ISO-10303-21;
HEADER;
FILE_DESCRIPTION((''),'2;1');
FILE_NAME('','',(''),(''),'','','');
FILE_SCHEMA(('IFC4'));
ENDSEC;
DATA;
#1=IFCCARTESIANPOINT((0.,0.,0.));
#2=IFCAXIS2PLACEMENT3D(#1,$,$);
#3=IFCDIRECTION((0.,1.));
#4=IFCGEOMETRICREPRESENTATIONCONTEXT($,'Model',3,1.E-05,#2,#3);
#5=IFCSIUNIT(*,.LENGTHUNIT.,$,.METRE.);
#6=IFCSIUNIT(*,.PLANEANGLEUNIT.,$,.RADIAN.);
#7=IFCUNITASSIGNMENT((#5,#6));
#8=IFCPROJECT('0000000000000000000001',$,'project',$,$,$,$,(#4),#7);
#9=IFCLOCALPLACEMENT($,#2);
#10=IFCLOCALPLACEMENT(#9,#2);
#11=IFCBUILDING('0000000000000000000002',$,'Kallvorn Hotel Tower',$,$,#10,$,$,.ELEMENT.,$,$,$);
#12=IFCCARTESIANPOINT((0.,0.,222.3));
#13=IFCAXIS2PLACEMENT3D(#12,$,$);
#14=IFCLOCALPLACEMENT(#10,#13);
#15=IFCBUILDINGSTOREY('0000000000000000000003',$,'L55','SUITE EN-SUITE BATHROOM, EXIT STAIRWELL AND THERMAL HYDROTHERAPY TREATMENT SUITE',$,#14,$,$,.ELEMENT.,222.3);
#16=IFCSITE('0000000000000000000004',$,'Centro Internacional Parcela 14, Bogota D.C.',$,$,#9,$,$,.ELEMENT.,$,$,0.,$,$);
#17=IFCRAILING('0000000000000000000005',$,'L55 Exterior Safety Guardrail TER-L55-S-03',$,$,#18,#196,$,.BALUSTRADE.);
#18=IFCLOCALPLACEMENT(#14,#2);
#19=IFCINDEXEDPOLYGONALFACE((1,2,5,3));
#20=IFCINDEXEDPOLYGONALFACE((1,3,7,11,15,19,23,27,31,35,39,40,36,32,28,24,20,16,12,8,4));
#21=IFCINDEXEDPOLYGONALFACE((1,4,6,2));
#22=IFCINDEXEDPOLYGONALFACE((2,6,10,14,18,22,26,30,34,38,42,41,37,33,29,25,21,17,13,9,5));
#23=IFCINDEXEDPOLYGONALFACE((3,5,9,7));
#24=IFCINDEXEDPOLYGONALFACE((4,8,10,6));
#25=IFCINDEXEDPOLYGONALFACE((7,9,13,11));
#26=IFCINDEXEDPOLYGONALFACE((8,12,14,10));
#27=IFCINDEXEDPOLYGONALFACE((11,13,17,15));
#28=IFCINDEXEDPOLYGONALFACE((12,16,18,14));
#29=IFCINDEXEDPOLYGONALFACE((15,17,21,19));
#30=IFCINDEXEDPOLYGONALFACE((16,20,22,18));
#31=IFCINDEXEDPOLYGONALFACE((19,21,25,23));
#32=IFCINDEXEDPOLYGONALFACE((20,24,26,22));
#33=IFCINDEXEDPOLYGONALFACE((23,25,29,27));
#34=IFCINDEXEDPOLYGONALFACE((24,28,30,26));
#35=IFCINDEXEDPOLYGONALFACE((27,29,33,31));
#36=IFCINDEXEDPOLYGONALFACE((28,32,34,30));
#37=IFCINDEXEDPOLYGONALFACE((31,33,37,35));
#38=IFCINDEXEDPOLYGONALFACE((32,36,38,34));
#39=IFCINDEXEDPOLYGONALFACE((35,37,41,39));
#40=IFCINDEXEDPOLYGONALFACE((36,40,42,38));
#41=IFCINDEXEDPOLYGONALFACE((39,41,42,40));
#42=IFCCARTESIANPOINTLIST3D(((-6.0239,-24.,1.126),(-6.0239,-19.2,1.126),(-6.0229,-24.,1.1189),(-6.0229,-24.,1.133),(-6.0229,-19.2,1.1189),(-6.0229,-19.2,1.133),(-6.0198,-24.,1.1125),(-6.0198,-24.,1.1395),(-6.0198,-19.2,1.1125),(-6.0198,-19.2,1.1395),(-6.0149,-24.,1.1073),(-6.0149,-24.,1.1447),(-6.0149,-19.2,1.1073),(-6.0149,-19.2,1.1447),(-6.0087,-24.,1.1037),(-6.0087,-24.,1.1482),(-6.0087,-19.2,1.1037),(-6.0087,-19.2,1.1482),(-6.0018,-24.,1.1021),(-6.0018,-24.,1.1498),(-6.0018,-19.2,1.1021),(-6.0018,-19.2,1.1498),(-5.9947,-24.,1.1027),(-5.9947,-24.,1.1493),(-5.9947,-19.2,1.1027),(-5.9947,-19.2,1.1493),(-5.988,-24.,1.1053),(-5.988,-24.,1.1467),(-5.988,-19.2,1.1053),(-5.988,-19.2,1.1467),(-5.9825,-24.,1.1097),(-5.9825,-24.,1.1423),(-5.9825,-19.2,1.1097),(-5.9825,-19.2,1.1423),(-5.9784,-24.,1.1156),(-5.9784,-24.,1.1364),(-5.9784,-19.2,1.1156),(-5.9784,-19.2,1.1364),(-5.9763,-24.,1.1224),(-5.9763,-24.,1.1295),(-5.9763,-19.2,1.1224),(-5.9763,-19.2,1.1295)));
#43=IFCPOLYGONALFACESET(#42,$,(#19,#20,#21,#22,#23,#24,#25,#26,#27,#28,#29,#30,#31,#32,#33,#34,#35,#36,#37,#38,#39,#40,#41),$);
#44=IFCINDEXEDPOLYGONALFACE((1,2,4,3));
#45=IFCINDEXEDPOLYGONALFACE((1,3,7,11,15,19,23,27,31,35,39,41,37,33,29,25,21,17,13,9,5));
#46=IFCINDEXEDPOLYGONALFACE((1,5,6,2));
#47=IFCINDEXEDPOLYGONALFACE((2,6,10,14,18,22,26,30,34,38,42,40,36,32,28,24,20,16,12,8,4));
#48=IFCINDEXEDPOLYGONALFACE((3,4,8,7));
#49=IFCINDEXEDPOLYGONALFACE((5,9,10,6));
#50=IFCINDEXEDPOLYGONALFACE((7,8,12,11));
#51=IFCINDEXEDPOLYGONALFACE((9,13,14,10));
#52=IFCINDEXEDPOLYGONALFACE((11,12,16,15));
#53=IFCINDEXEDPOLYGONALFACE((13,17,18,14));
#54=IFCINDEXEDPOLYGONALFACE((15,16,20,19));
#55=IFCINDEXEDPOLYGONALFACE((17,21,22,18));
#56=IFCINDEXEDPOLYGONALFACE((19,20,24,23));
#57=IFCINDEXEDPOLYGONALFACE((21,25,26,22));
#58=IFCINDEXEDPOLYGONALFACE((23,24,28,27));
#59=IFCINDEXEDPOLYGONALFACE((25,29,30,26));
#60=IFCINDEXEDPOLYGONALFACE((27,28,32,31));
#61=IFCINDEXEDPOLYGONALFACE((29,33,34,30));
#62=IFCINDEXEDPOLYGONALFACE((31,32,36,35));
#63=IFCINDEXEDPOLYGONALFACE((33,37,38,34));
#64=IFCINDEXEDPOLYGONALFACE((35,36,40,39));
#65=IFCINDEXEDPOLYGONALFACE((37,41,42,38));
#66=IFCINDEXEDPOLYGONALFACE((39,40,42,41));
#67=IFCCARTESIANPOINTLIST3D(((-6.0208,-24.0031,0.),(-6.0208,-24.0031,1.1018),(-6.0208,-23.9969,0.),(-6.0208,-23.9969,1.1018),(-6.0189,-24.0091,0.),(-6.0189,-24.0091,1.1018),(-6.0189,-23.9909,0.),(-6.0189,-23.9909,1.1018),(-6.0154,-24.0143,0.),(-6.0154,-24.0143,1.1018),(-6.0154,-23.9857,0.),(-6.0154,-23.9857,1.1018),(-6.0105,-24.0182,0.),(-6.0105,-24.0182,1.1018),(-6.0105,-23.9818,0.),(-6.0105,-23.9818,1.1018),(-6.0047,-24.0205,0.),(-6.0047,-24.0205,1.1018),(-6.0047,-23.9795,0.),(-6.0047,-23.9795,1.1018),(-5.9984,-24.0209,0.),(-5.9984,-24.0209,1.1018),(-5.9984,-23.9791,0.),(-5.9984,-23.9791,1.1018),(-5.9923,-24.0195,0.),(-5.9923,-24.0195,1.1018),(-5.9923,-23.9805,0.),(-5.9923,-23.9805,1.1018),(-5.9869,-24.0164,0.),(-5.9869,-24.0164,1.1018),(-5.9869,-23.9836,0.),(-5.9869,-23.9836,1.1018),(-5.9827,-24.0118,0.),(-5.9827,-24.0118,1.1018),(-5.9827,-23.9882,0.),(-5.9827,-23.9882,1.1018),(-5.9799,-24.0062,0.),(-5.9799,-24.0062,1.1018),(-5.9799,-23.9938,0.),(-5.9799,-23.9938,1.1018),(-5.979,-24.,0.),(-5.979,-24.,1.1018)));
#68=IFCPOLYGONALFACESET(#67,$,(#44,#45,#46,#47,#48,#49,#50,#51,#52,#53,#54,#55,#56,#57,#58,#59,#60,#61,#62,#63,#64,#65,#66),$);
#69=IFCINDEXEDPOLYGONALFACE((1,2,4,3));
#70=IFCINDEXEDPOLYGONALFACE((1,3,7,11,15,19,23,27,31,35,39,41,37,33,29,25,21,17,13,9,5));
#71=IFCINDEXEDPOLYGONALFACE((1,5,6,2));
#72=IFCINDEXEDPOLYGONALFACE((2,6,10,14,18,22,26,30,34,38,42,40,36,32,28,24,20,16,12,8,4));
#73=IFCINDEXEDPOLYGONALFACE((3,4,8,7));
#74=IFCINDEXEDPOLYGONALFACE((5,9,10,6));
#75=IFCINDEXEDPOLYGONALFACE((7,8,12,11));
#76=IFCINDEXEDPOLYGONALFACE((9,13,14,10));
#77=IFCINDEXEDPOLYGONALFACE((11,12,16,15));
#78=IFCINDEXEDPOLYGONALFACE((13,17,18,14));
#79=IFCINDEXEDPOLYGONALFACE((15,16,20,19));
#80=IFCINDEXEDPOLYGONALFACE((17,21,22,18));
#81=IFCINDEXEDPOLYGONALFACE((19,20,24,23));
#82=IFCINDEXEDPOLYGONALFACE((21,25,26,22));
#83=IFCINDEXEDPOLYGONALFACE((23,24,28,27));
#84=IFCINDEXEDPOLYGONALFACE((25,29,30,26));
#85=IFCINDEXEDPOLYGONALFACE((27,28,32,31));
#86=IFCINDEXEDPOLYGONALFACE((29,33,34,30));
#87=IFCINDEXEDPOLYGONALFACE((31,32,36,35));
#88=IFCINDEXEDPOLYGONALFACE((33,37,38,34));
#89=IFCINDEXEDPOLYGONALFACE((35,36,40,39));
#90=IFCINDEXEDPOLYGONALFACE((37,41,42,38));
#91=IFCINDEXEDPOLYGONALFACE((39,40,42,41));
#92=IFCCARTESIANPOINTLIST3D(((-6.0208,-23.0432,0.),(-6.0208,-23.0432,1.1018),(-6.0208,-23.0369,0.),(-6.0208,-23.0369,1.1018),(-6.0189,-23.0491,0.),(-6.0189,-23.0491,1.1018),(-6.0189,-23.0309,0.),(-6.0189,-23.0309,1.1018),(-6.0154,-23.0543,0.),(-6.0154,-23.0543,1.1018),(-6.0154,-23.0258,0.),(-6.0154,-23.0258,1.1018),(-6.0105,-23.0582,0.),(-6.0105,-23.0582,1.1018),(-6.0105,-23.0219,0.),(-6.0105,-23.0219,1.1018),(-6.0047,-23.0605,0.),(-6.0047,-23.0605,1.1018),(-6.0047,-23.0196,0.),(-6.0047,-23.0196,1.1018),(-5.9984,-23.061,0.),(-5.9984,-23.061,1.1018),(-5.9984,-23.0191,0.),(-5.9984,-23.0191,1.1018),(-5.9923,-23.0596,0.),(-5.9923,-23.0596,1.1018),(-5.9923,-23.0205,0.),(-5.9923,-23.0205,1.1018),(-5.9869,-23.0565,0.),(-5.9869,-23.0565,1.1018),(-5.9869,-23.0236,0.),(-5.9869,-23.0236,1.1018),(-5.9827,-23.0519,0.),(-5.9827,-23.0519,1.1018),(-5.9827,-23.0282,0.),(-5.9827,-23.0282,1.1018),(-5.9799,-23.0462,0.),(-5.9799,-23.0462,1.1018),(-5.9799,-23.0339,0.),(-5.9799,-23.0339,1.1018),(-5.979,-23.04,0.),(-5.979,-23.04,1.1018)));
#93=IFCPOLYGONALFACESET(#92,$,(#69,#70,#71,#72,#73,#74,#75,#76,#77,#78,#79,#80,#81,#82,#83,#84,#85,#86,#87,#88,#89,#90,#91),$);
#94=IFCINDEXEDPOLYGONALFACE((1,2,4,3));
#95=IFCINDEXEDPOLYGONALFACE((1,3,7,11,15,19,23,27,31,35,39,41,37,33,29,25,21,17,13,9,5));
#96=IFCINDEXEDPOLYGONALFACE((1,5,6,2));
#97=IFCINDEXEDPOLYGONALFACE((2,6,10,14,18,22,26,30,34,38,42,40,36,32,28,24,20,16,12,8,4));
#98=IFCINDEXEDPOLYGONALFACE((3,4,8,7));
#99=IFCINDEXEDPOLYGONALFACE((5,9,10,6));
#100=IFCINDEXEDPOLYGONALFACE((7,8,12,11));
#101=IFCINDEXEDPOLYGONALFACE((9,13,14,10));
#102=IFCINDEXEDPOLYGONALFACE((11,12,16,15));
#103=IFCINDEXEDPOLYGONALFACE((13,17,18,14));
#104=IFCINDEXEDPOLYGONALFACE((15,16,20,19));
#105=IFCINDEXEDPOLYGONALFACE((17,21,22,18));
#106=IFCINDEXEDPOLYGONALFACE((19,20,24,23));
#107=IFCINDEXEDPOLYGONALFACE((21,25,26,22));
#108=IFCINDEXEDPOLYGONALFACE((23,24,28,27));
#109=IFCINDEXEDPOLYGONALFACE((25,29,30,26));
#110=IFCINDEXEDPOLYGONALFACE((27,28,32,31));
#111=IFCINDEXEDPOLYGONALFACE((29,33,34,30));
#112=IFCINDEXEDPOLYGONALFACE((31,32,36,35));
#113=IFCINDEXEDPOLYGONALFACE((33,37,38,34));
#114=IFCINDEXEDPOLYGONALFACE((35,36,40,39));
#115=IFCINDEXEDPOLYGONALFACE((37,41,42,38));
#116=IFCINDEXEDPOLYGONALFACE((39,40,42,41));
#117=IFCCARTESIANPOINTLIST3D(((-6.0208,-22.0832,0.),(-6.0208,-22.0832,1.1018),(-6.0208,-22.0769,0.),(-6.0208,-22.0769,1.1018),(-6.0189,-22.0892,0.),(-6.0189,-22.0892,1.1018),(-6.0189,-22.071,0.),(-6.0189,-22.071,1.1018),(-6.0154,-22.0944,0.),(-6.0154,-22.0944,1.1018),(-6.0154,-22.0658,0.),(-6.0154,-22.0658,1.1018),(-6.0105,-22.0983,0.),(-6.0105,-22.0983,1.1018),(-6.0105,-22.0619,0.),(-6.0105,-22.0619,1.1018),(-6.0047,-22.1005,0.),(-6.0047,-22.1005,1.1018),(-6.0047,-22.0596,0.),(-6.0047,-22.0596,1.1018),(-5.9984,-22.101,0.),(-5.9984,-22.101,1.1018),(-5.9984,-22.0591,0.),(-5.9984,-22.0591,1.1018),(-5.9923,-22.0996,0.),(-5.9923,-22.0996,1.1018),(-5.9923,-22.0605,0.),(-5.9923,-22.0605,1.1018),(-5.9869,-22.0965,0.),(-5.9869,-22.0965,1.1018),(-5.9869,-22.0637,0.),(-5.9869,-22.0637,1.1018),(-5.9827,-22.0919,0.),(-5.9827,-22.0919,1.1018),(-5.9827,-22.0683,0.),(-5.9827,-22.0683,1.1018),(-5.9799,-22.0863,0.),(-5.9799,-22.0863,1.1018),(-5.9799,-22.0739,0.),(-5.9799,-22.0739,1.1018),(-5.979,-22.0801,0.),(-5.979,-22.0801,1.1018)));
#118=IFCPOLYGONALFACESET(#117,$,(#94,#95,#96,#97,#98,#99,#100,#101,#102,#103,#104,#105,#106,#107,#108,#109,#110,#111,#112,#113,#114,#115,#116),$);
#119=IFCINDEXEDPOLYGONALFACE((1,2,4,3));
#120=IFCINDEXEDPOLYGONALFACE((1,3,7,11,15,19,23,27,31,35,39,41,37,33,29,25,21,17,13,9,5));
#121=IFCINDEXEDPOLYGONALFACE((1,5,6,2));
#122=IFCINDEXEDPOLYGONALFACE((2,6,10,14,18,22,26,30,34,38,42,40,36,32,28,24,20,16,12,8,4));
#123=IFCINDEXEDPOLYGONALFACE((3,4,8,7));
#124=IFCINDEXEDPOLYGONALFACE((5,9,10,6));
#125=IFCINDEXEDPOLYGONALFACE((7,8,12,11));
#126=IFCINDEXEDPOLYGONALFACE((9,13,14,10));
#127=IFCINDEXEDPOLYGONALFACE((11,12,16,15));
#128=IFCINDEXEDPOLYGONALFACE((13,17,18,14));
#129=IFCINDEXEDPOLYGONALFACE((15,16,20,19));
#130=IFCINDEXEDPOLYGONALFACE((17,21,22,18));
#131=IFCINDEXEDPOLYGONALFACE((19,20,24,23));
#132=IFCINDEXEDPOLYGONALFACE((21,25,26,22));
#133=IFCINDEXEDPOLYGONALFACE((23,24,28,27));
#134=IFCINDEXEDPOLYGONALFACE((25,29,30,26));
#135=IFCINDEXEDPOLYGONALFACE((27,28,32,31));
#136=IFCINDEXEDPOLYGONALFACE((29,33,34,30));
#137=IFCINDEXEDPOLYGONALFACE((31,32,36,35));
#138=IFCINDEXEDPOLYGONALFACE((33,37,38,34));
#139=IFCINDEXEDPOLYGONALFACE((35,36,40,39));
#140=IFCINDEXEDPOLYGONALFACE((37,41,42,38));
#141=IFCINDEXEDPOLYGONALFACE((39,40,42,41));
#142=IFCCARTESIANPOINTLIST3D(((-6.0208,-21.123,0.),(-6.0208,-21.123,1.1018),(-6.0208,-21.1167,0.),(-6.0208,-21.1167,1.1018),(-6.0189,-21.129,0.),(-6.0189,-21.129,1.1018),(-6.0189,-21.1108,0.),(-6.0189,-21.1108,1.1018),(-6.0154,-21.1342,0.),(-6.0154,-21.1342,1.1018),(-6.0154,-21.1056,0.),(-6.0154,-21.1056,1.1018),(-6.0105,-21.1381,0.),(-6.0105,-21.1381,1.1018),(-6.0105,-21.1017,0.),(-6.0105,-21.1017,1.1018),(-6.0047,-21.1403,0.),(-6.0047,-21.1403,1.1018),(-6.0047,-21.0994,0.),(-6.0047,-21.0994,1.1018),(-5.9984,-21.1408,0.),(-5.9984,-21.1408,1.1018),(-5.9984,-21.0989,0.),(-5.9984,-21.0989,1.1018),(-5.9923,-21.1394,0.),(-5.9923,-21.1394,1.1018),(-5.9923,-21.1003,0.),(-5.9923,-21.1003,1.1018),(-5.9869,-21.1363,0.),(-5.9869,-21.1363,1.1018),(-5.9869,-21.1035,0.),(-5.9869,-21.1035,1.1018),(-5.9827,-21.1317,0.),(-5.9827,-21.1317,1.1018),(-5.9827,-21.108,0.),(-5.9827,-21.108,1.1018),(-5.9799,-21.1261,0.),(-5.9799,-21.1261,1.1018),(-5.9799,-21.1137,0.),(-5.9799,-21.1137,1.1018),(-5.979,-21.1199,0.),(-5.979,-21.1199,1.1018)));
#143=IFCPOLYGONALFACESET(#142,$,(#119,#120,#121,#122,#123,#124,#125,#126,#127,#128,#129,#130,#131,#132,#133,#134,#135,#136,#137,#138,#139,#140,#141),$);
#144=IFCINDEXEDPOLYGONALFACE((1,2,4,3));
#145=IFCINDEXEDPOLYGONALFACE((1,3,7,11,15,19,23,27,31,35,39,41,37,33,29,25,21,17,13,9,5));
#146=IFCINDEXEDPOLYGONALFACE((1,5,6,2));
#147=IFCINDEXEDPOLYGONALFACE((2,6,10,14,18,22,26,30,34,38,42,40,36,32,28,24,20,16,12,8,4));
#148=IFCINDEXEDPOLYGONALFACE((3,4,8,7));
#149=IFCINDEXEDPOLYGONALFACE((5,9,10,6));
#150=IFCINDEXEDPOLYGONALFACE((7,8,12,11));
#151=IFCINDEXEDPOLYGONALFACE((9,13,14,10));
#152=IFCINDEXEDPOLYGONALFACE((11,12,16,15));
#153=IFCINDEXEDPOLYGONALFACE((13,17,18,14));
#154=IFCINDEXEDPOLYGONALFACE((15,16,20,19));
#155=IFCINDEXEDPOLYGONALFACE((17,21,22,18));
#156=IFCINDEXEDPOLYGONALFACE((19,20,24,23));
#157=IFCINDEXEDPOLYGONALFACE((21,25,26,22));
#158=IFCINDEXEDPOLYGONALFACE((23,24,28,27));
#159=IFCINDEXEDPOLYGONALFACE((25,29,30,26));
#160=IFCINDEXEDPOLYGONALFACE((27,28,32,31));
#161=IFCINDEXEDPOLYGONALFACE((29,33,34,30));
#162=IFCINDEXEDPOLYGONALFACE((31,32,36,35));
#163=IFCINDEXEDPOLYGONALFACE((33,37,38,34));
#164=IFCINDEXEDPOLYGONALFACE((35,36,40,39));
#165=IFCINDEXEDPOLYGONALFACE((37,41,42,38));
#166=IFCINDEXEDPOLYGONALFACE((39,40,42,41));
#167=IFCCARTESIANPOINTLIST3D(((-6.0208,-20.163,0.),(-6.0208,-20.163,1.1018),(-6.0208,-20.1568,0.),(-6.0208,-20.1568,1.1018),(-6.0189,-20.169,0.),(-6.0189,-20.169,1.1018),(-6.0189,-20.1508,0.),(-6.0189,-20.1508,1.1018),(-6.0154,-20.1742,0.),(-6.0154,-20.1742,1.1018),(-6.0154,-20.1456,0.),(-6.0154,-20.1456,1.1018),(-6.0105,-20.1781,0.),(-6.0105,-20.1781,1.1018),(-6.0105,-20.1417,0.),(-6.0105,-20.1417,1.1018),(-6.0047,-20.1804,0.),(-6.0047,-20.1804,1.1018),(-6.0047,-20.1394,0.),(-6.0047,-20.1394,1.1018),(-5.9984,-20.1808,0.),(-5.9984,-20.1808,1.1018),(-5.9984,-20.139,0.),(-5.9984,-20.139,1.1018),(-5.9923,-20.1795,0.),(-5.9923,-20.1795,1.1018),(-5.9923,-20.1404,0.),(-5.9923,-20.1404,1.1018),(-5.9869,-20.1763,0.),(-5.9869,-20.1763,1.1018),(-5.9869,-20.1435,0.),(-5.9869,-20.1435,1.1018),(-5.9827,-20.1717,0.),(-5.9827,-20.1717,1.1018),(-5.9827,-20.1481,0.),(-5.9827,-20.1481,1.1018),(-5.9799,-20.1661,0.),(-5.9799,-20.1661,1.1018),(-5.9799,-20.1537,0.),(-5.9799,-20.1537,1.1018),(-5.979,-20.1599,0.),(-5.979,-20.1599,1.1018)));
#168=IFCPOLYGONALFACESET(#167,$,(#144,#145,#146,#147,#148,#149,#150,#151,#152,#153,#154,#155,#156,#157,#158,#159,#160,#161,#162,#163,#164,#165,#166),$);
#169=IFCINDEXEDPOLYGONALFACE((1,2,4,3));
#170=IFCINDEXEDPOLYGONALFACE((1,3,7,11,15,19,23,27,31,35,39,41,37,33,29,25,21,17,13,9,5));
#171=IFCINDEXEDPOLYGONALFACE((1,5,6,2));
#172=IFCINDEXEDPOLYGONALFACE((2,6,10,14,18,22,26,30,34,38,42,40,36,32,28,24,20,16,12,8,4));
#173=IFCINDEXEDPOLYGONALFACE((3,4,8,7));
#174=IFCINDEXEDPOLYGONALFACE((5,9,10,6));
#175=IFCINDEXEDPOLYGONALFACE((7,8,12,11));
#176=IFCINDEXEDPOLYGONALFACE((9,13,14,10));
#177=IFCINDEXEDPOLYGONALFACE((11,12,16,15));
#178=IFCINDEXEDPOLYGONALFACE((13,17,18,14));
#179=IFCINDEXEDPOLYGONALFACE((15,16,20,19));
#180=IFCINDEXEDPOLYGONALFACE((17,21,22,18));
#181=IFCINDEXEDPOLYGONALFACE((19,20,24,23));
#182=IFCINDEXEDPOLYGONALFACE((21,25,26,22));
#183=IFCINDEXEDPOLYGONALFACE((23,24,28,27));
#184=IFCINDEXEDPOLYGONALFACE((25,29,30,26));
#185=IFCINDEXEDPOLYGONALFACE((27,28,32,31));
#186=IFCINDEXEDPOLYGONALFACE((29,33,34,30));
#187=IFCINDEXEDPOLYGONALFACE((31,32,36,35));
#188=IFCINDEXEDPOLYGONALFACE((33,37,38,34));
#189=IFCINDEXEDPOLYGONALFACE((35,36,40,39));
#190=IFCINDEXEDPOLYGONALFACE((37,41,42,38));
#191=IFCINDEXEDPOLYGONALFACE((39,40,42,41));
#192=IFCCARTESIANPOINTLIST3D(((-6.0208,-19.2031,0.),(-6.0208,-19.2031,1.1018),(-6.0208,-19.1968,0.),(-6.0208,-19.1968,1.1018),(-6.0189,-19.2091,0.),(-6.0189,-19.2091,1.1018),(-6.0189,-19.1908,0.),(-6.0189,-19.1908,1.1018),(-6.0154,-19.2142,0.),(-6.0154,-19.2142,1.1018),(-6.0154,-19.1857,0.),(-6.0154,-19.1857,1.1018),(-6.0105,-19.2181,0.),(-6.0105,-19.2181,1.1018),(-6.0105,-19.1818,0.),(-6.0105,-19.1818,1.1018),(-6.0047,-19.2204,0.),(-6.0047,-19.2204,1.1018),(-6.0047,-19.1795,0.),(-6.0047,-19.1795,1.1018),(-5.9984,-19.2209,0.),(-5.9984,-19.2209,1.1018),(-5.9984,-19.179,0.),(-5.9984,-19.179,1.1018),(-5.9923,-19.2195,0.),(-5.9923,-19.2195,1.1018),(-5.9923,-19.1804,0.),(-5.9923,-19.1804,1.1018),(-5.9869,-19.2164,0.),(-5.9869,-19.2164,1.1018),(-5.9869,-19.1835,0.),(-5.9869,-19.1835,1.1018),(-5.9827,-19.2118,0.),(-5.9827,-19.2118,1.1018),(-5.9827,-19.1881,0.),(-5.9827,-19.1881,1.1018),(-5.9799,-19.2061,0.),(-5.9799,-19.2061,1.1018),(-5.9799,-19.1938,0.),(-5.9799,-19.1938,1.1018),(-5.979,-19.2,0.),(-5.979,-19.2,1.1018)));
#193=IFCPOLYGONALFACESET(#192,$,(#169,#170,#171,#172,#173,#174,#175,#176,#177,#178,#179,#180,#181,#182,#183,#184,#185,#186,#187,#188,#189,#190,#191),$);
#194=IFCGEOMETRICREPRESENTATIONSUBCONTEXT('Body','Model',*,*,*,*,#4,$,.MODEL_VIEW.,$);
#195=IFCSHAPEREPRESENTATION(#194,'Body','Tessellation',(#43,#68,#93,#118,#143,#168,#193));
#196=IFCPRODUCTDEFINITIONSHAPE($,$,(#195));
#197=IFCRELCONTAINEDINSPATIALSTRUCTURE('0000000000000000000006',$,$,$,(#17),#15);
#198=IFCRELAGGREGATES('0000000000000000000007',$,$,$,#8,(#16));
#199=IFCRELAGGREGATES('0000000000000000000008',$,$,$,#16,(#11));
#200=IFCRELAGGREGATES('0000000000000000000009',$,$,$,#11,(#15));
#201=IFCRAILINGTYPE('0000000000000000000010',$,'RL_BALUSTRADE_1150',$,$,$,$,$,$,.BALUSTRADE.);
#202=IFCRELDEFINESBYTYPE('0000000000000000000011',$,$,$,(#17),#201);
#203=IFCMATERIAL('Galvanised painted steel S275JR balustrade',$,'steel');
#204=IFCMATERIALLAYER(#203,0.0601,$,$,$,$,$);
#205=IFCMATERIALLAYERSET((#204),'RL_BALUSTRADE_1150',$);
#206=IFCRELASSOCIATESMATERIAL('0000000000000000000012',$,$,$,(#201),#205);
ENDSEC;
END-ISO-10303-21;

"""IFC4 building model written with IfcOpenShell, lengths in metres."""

from ifc_helpers import new_model, si_unit, direction, frame, origin, origin_2d, place, context, subcontext, project, spatial, circle, extrude, material, layer, layer_set, type_object, element, save


model = new_model("IFC4")

# Units and contexts
model_context = context("Model", 3, precision=1e-05, world=origin(), true_north=direction((0.0, 1.0)))
body_context = subcontext(model_context, "Body", "Model", "MODEL_VIEW")
ifc_project = project(units=[si_unit("LENGTHUNIT", "METRE"), si_unit("PLANEANGLEUNIT", "RADIAN")], contexts=[model_context])

# Site, building, storey
site_placement = place(None, origin())
site = spatial("IfcSite", under=ifc_project, at=site_placement, Name="Centro Internacional Parcela 14, Bogota D.C.", CompositionType="ELEMENT", RefElevation=0.0)
building_placement = place(site_placement, origin())
building = spatial("IfcBuilding", under=site, at=building_placement, Name="Kallvorn Hotel Tower", CompositionType="ELEMENT")
storey_placement = place(building_placement, frame((0.0, 0.0, 222.3)))
storey = spatial("IfcBuildingStorey", under=building, at=storey_placement, Name="L55", Description="SUITE EN-SUITE BATHROOM, EXIT STAIRWELL AND THERMAL HYDROTHERAPY TREATMENT SUITE", CompositionType="ELEMENT", Elevation=222.3)

# Railing
ifc_material_1 = material(Name="Galvanised painted steel S275JR balustrade", Category="steel")
ifc_layer_1 = layer(ifc_material_1, 0.0601)
ifc_layer_set_1 = layer_set([ifc_layer_1], Name="RL_BALUSTRADE_1150")
railing_type = type_object("IfcRailingType", Name="RL_BALUSTRADE_1150", PredefinedType="BALUSTRADE", material=ifc_layer_set_1)
railing_placement = place(storey_placement, frame((-6.0, -24.0, 0.0)))
element("IfcRailing", 1, at=railing_placement, inside=storey, type_object=railing_type, Name="L55 Exterior Safety Guardrail TER-L55-S-03", PredefinedType="BALUSTRADE", context=body_context, shape_type="SweptSolid", body=[
    extrude(circle(Radius=0.0239, at=origin_2d()), frame((0.0, 0.0, 1.126), z_axis=(0.0, 1.0, 0.0), x_axis=(-1.0, 0.0, 0.0)), (0.0, 0.0, 1.0), 4.8),
    extrude(circle(Radius=0.021, at=origin_2d()), origin(), (0.0, 0.0, 1.0), 1.1018),
    extrude(circle(Radius=0.021, at=origin_2d()), frame((0.0, 0.96, 0.0)), (0.0, 0.0, 1.0), 1.1018),
    extrude(circle(Radius=0.021, at=origin_2d()), frame((0.0, 1.9199, 0.0)), (0.0, 0.0, 1.0), 1.1018),
    extrude(circle(Radius=0.021, at=origin_2d()), frame((0.0, 2.8801, 0.0)), (0.0, 0.0, 1.0), 1.1018),
    extrude(circle(Radius=0.021, at=origin_2d()), frame((0.0, 3.8401, 0.0)), (0.0, 0.0, 1.0), 1.1018),
    extrude(circle(Radius=0.021, at=origin_2d()), frame((0.0, 4.8, 0.0)), (0.0, 0.0, 1.0), 1.1018),
])

save(model, "model.ifc")
